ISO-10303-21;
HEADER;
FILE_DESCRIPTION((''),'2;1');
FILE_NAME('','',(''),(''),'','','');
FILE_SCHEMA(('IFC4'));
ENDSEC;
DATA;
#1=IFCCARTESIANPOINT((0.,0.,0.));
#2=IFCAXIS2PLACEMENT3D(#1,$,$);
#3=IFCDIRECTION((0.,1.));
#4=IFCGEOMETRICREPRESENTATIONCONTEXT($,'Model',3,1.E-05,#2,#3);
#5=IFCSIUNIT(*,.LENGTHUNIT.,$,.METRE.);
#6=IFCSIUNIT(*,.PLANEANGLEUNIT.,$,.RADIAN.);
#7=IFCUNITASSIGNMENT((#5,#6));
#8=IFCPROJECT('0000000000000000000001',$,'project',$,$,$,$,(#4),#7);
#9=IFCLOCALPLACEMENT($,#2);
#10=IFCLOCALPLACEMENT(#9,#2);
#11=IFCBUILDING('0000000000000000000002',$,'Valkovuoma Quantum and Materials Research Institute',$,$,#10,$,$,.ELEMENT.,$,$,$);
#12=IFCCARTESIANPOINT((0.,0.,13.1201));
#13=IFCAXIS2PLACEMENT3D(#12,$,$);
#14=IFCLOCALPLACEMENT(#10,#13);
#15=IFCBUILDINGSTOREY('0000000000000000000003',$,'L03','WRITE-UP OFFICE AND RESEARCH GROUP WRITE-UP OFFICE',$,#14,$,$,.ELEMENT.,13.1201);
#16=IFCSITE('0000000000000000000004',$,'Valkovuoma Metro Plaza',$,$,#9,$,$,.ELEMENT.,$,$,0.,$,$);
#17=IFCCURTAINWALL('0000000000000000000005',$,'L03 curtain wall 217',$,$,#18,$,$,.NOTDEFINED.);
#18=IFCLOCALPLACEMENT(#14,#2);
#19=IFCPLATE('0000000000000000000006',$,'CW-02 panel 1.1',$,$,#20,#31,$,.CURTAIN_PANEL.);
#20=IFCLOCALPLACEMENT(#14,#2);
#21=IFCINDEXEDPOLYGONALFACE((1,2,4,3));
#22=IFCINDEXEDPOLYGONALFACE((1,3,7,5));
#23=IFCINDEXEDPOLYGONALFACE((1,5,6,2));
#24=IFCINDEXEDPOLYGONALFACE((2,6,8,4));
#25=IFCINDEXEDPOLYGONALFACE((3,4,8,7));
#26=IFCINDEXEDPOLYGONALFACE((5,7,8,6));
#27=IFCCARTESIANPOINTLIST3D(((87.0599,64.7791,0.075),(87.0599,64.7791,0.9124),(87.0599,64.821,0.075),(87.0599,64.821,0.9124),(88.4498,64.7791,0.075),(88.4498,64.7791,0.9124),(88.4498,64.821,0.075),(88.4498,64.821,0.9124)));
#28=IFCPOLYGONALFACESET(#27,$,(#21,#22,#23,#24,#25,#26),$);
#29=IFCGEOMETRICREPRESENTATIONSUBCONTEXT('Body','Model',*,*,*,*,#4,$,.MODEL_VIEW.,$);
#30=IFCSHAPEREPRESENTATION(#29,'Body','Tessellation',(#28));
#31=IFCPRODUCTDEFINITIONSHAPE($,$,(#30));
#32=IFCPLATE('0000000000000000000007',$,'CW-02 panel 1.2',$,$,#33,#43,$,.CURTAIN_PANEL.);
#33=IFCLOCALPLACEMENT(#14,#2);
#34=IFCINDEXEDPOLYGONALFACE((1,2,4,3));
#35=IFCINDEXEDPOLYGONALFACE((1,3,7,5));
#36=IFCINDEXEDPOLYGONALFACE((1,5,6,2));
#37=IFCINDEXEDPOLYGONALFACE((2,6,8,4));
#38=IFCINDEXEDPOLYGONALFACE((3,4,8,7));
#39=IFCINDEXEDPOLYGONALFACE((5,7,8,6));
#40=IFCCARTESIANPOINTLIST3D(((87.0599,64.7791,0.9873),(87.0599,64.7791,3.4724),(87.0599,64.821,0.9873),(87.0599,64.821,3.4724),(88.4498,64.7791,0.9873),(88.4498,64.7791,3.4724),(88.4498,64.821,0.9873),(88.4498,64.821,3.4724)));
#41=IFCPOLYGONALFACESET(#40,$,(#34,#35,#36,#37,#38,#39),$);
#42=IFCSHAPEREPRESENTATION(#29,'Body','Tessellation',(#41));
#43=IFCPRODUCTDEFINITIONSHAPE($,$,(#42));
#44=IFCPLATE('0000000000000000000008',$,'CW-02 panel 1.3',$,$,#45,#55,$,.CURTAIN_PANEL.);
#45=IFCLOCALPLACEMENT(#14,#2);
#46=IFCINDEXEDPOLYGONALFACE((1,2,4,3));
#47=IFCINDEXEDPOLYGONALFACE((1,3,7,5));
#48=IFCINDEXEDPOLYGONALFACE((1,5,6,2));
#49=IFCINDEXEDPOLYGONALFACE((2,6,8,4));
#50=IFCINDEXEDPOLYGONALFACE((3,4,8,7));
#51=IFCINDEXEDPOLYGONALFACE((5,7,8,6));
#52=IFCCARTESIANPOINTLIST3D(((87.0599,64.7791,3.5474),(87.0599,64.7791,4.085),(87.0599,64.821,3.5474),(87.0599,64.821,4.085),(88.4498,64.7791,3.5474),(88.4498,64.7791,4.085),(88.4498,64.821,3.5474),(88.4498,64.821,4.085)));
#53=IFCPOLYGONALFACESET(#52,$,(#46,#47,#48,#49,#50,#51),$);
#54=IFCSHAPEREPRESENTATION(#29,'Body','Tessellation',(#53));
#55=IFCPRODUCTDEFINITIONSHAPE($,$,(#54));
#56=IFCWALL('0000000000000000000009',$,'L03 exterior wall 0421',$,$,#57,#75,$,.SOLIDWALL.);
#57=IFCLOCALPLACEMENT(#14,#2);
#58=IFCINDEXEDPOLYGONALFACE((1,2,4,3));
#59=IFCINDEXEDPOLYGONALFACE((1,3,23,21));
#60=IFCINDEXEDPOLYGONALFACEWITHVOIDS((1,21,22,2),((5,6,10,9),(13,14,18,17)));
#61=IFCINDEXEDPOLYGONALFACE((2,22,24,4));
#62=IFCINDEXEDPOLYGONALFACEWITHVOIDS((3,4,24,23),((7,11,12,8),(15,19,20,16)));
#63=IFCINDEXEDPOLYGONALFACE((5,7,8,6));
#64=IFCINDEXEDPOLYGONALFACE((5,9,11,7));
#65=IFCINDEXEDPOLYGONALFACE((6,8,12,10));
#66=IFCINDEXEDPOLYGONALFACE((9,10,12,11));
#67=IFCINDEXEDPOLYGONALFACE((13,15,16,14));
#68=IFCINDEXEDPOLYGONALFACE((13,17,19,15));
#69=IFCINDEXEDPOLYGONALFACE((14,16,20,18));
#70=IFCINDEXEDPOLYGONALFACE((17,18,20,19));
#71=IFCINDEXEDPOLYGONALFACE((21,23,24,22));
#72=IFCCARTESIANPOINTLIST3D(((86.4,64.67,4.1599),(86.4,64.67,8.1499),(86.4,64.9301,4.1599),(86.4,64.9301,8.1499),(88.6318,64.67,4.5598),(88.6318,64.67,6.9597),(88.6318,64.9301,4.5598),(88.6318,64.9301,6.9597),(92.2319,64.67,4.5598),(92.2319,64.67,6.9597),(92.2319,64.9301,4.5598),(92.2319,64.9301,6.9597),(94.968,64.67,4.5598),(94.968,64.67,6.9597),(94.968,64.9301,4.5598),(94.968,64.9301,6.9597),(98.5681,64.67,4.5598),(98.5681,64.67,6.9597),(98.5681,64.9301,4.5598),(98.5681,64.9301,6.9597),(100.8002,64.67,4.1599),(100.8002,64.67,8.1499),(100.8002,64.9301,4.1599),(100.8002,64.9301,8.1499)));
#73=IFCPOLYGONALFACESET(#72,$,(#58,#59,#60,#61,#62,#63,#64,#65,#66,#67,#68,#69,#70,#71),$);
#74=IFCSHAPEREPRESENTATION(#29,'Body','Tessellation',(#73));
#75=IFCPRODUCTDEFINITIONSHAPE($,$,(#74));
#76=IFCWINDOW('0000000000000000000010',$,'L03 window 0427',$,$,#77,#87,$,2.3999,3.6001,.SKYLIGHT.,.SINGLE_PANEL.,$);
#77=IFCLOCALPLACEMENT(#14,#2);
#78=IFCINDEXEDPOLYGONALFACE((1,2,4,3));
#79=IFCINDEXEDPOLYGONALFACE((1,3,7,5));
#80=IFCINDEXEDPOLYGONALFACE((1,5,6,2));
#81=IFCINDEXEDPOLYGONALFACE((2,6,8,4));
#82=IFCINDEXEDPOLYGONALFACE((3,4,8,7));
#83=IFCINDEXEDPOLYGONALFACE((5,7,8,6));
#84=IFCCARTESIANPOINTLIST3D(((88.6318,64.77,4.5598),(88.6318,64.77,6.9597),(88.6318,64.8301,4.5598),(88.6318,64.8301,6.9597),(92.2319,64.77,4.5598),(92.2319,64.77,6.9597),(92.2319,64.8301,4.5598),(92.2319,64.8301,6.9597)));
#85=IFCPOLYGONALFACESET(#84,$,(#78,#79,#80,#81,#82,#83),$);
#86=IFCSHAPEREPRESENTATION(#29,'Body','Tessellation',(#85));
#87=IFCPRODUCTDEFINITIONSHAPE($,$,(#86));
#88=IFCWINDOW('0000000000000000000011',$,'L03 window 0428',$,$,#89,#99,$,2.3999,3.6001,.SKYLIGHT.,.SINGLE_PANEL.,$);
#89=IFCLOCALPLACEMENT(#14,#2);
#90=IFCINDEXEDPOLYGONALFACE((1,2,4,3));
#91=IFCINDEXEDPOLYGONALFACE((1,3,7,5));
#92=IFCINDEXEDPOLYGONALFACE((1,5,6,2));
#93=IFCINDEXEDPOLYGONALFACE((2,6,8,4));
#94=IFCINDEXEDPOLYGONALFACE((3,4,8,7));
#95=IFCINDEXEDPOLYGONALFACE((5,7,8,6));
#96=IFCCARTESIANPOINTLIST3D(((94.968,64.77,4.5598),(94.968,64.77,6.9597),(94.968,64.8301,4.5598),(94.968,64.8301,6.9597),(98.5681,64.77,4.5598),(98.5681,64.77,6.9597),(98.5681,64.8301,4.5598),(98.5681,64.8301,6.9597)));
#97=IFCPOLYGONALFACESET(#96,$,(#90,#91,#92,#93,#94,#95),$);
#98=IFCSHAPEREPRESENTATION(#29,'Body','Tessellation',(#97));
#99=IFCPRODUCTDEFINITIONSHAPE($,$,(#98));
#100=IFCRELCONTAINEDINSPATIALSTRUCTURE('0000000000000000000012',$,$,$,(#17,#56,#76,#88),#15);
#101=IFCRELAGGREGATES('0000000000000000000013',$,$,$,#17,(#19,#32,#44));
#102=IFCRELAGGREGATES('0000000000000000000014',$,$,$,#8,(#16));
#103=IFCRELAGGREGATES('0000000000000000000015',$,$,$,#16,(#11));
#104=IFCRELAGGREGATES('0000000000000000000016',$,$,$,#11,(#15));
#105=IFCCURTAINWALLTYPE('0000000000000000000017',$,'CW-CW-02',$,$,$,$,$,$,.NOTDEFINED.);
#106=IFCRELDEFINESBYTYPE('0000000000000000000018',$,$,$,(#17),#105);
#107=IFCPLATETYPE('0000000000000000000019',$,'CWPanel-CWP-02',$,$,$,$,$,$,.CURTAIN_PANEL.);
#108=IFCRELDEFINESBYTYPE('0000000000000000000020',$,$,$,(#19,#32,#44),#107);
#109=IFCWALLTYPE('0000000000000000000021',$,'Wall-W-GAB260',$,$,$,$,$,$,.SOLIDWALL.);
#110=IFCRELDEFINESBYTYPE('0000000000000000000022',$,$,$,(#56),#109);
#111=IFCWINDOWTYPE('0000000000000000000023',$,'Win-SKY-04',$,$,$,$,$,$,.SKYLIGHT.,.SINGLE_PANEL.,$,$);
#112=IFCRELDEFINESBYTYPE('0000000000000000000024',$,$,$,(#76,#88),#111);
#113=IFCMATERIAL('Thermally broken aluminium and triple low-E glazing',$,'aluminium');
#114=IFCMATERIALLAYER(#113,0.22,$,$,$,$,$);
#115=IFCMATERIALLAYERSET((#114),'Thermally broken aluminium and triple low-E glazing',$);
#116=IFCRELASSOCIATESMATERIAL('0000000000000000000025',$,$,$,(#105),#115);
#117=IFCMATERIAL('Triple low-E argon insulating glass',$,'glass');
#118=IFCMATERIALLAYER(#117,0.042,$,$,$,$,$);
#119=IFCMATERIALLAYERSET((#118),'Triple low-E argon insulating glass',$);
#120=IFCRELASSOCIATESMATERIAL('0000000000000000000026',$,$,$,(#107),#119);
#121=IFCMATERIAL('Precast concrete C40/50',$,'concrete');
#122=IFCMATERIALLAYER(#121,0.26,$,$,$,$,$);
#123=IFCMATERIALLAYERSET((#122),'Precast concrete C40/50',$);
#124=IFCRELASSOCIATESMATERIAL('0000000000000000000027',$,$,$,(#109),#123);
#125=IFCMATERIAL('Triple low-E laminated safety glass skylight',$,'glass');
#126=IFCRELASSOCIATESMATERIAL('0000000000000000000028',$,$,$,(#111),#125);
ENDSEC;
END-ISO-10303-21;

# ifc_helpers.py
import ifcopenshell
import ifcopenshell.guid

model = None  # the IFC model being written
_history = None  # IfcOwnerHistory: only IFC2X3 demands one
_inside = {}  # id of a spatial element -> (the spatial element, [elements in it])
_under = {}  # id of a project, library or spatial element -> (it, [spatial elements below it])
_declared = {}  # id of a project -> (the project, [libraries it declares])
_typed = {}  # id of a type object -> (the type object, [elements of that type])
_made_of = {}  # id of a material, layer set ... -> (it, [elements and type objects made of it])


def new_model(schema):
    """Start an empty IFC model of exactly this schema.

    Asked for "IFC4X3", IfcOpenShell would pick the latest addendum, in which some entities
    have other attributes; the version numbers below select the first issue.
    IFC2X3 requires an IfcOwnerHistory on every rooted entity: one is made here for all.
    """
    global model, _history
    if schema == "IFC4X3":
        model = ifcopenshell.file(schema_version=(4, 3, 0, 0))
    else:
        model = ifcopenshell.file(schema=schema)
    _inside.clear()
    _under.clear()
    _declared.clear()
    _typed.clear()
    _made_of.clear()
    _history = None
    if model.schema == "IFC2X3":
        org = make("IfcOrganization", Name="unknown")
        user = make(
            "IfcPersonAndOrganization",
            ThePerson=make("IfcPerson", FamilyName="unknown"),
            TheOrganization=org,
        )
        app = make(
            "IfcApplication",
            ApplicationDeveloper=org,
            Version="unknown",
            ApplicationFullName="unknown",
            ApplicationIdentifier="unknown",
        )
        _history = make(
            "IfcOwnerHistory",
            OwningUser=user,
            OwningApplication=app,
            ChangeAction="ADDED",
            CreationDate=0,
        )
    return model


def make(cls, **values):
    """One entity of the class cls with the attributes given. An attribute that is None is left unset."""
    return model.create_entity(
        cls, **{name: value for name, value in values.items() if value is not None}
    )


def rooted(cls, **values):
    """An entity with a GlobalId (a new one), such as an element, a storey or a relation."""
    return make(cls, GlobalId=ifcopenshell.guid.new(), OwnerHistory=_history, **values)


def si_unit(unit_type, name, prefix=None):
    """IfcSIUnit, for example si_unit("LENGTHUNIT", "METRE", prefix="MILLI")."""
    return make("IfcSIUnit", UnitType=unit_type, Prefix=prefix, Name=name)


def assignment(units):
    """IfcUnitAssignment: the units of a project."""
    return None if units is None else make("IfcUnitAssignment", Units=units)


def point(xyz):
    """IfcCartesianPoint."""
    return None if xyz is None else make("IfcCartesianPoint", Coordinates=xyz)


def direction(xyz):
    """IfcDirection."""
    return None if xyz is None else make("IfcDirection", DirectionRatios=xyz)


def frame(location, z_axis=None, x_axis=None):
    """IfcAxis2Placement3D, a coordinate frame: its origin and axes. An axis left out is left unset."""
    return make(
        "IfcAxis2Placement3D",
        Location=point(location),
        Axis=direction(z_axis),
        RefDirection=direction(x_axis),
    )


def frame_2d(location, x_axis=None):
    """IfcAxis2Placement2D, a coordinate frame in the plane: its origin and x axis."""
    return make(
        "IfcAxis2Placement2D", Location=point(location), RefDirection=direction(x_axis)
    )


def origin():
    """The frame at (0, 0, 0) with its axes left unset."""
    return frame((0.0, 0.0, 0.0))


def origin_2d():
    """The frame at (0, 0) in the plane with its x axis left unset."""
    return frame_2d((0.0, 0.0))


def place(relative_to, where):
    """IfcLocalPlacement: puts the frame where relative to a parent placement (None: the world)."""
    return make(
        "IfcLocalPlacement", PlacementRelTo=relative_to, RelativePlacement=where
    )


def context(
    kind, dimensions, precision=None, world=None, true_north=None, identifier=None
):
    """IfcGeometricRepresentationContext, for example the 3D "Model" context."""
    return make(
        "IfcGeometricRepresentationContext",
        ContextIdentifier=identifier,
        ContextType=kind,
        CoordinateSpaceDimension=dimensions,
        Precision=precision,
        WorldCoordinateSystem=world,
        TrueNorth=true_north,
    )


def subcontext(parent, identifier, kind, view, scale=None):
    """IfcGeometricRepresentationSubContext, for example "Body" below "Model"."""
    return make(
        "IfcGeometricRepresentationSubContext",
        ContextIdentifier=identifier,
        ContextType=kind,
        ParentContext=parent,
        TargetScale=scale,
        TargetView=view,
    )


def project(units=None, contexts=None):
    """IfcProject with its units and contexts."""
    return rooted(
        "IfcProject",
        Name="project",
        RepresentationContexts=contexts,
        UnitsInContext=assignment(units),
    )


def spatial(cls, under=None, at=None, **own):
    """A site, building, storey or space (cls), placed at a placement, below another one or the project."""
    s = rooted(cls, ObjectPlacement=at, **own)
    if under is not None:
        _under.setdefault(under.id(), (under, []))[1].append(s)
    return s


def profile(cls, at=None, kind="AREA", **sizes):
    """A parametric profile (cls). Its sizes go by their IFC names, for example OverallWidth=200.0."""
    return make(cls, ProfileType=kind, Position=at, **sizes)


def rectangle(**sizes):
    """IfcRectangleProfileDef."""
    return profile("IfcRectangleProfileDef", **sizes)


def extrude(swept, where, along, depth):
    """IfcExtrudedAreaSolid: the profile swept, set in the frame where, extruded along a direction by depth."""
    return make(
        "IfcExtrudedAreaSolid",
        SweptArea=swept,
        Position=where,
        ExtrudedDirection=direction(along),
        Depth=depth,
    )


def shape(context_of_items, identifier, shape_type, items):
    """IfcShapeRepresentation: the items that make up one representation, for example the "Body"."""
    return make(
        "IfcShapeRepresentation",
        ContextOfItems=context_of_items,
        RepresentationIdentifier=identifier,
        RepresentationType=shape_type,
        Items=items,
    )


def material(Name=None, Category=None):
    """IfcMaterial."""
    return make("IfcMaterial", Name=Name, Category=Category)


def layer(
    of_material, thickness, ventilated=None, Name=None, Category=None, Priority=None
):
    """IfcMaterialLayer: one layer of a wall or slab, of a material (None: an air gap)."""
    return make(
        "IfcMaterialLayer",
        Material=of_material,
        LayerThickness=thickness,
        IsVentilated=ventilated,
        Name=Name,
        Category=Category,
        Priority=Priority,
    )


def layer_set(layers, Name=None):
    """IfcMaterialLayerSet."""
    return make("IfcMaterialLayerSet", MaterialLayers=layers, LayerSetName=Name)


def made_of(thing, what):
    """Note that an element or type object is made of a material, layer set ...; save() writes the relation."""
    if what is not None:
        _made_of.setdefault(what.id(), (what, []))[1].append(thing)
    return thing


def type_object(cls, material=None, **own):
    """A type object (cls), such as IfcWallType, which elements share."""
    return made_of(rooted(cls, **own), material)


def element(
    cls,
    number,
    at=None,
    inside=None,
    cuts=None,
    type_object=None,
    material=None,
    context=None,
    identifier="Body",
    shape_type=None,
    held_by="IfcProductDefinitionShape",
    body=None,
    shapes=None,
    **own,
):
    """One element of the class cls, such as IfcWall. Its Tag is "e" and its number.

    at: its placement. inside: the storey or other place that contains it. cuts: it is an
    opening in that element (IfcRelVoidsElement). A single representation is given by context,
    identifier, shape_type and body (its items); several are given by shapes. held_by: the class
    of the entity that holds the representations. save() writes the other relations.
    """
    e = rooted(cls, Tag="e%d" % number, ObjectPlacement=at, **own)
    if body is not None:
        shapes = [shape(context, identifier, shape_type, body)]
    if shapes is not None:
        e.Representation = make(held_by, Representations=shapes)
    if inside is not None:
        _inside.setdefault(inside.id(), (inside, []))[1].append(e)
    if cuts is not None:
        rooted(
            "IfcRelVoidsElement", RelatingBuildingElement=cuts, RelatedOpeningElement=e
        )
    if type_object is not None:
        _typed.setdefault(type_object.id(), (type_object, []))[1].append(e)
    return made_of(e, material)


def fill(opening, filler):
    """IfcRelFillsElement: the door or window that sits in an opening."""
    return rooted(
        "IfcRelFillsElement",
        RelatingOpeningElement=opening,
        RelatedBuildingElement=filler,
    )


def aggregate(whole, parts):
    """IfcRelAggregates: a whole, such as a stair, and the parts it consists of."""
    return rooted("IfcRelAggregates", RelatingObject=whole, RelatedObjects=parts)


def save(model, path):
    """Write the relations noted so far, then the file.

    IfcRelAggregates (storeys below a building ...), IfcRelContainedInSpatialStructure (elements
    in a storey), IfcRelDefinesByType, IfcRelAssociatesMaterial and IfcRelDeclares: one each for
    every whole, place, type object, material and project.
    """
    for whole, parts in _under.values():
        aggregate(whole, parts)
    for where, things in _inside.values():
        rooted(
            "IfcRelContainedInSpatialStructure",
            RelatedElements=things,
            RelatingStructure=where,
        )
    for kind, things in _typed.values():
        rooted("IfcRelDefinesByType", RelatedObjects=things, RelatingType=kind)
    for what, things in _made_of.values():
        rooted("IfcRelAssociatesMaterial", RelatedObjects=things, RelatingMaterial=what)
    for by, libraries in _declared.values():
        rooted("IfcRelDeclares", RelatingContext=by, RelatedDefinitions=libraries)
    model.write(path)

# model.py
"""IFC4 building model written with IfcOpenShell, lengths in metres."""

from ifc_helpers import new_model, si_unit, direction, frame, frame_2d, origin, origin_2d, place, context, subcontext, project, spatial, rectangle, extrude, material, layer, layer_set, type_object, element, fill, aggregate, save


model = new_model("IFC4")

# Units and contexts
model_context = context("Model", 3, precision=1e-05, world=origin(), true_north=direction((0.0, 1.0)))
body_context = subcontext(model_context, "Body", "Model", "MODEL_VIEW")
ifc_project = project(units=[si_unit("LENGTHUNIT", "METRE"), si_unit("PLANEANGLEUNIT", "RADIAN")], contexts=[model_context])

# Site, building, storey
site_placement = place(None, origin())
site = spatial("IfcSite", under=ifc_project, at=site_placement, Name="Valkovuoma Metro Plaza", CompositionType="ELEMENT", RefElevation=0.0)
building_placement = place(site_placement, origin())
building = spatial("IfcBuilding", under=site, at=building_placement, Name="Valkovuoma Quantum and Materials Research Institute", CompositionType="ELEMENT")
storey_placement = place(building_placement, frame((0.0, 0.0, 13.1201)))
storey = spatial("IfcBuildingStorey", under=building, at=storey_placement, Name="L03", Description="WRITE-UP OFFICE AND RESEARCH GROUP WRITE-UP OFFICE", CompositionType="ELEMENT", Elevation=13.1201)

# Shared definitions
ifc_material_1 = material(Name="Thermally broken aluminium and triple low-E glazing", Category="aluminium")
ifc_layer_1 = layer(ifc_material_1, 0.22)
ifc_layer_set_1 = layer_set([ifc_layer_1], Name="Thermally broken aluminium and triple low-E glazing")
curtain_wall_type = type_object("IfcCurtainWallType", Name="CW-CW-02", PredefinedType="NOTDEFINED", material=ifc_layer_set_1)

# Curtain wall
curtain_wall_1_placement = place(storey_placement, origin())
curtain_wall_1 = element("IfcCurtainWall", 1, at=curtain_wall_1_placement, inside=storey, type_object=curtain_wall_type, Name="L03 curtain wall 217", PredefinedType="NOTDEFINED")

# Plates
ifc_material_2 = material(Name="Triple low-E argon insulating glass", Category="glass")
ifc_layer_2 = layer(ifc_material_2, 0.042)
ifc_layer_set_2 = layer_set([ifc_layer_2], Name="Triple low-E argon insulating glass")
plate_type = type_object("IfcPlateType", Name="CWPanel-CWP-02", PredefinedType="CURTAIN_PANEL", material=ifc_layer_set_2)
plate_1_placement = place(storey_placement, frame((87.7549, 64.8, 0.075), z_axis=(0.0, 0.0, 1.0), x_axis=(1.0, 0.0, 0.0)))
plate_1 = element("IfcPlate", 2, at=plate_1_placement, type_object=plate_type, Name="CW-02 panel 1.1", PredefinedType="CURTAIN_PANEL", context=body_context, shape_type="SweptSolid", body=[
    extrude(rectangle(XDim=1.3899, YDim=0.042, at=origin_2d()), origin(), (0.0, 0.0, 1.0), 0.8374),
])
plate_2_placement = place(storey_placement, frame((87.7549, 64.8, 0.9873), z_axis=(0.0, 0.0, 1.0), x_axis=(1.0, 0.0, 0.0)))
plate_2 = element("IfcPlate", 3, at=plate_2_placement, type_object=plate_type, Name="CW-02 panel 1.2", PredefinedType="CURTAIN_PANEL", context=body_context, shape_type="SweptSolid", body=[
    extrude(rectangle(XDim=1.3899, YDim=0.042, at=origin_2d()), origin(), (0.0, 0.0, 1.0), 2.4851),
])
plate_3_placement = place(storey_placement, frame((87.7549, 64.8, 3.5474), z_axis=(0.0, 0.0, 1.0), x_axis=(1.0, 0.0, 0.0)))
plate_3 = element("IfcPlate", 4, at=plate_3_placement, type_object=plate_type, Name="CW-02 panel 1.3", PredefinedType="CURTAIN_PANEL", context=body_context, shape_type="SweptSolid", body=[
    extrude(rectangle(XDim=1.3899, YDim=0.042, at=origin_2d()), origin(), (0.0, 0.0, 1.0), 0.5376),
])
aggregate(curtain_wall_1, [plate_1, plate_2, plate_3])

# Wall, openings, windows
ifc_material_3 = material(Name="Precast concrete C40/50", Category="concrete")
ifc_layer_3 = layer(ifc_material_3, 0.26)
ifc_layer_set_3 = layer_set([ifc_layer_3], Name="Precast concrete C40/50")
wall_type = type_object("IfcWallType", Name="Wall-W-GAB260", PredefinedType="SOLIDWALL", material=ifc_layer_set_3)
wall_placement = place(storey_placement, frame((86.3999, 64.8, 4.1599), z_axis=(0.0, 0.0, 1.0), x_axis=(1.0, 0.0, 0.0)))
wall = element("IfcWall", 5, at=wall_placement, inside=storey, type_object=wall_type, Name="L03 exterior wall 0421", PredefinedType="SOLIDWALL", context=body_context, shape_type="SweptSolid", body=[
    extrude(rectangle(XDim=14.4001, YDim=0.26, at=frame_2d((7.2002, 0.0))), origin(), (0.0, 0.0, 1.0), 3.99),
])
opening_1_placement = place(wall_placement, frame((2.2319, 0.0, 0.3999)))
opening_1 = element("IfcOpeningElement", 6, at=opening_1_placement, cuts=wall, PredefinedType="OPENING", context=body_context, shape_type="SweptSolid", body=[
    extrude(rectangle(XDim=3.6001, YDim=2.3999, at=frame_2d((1.8, 1.2))), frame((0.0, 0.1401, 0.0), z_axis=(0.0, -1.0, 0.0), x_axis=(1.0, 0.0, 0.0)), (0.0, 0.0, 1.0), 0.28),
])
opening_2_placement = place(wall_placement, frame((8.5681, 0.0, 0.3999)))
opening_2 = element("IfcOpeningElement", 7, at=opening_2_placement, cuts=wall, PredefinedType="OPENING", context=body_context, shape_type="SweptSolid", body=[
    extrude(rectangle(XDim=3.6001, YDim=2.3999, at=frame_2d((1.8, 1.2))), frame((0.0, 0.1401, 0.0), z_axis=(0.0, -1.0, 0.0), x_axis=(1.0, 0.0, 0.0)), (0.0, 0.0, 1.0), 0.28),
])
ifc_material_4 = material(Name="Triple low-E laminated safety glass skylight", Category="glass")
window_type = type_object("IfcWindowType", Name="Win-SKY-04", PartitioningType="SINGLE_PANEL", PredefinedType="SKYLIGHT", material=ifc_material_4)
window_1_placement = place(opening_1_placement, origin())
window_1 = element("IfcWindow", 8, at=window_1_placement, inside=storey, type_object=window_type, Name="L03 window 0427", OverallHeight=2.3999, OverallWidth=3.6001, PartitioningType="SINGLE_PANEL", PredefinedType="SKYLIGHT", context=body_context, shape_type="SweptSolid", body=[
    extrude(rectangle(XDim=3.6001, YDim=2.3999, at=frame_2d((1.8, 1.2))), frame((0.0, 0.03, 0.0), z_axis=(0.0, -1.0, 0.0), x_axis=(1.0, 0.0, 0.0)), (0.0, 0.0, 1.0), 0.0601),
])
fill(opening_1, window_1)
window_2_placement = place(opening_2_placement, origin())
window_2 = element("IfcWindow", 9, at=window_2_placement, inside=storey, type_object=window_type, Name="L03 window 0428", OverallHeight=2.3999, OverallWidth=3.6001, PartitioningType="SINGLE_PANEL", PredefinedType="SKYLIGHT", context=body_context, shape_type="SweptSolid", body=[
    extrude(rectangle(XDim=3.6001, YDim=2.3999, at=frame_2d((1.8, 1.2))), frame((0.0, 0.03, 0.0), z_axis=(0.0, -1.0, 0.0), x_axis=(1.0, 0.0, 0.0)), (0.0, 0.0, 1.0), 0.0601),
])
fill(opening_2, window_2)

save(model, "model.ifc")
